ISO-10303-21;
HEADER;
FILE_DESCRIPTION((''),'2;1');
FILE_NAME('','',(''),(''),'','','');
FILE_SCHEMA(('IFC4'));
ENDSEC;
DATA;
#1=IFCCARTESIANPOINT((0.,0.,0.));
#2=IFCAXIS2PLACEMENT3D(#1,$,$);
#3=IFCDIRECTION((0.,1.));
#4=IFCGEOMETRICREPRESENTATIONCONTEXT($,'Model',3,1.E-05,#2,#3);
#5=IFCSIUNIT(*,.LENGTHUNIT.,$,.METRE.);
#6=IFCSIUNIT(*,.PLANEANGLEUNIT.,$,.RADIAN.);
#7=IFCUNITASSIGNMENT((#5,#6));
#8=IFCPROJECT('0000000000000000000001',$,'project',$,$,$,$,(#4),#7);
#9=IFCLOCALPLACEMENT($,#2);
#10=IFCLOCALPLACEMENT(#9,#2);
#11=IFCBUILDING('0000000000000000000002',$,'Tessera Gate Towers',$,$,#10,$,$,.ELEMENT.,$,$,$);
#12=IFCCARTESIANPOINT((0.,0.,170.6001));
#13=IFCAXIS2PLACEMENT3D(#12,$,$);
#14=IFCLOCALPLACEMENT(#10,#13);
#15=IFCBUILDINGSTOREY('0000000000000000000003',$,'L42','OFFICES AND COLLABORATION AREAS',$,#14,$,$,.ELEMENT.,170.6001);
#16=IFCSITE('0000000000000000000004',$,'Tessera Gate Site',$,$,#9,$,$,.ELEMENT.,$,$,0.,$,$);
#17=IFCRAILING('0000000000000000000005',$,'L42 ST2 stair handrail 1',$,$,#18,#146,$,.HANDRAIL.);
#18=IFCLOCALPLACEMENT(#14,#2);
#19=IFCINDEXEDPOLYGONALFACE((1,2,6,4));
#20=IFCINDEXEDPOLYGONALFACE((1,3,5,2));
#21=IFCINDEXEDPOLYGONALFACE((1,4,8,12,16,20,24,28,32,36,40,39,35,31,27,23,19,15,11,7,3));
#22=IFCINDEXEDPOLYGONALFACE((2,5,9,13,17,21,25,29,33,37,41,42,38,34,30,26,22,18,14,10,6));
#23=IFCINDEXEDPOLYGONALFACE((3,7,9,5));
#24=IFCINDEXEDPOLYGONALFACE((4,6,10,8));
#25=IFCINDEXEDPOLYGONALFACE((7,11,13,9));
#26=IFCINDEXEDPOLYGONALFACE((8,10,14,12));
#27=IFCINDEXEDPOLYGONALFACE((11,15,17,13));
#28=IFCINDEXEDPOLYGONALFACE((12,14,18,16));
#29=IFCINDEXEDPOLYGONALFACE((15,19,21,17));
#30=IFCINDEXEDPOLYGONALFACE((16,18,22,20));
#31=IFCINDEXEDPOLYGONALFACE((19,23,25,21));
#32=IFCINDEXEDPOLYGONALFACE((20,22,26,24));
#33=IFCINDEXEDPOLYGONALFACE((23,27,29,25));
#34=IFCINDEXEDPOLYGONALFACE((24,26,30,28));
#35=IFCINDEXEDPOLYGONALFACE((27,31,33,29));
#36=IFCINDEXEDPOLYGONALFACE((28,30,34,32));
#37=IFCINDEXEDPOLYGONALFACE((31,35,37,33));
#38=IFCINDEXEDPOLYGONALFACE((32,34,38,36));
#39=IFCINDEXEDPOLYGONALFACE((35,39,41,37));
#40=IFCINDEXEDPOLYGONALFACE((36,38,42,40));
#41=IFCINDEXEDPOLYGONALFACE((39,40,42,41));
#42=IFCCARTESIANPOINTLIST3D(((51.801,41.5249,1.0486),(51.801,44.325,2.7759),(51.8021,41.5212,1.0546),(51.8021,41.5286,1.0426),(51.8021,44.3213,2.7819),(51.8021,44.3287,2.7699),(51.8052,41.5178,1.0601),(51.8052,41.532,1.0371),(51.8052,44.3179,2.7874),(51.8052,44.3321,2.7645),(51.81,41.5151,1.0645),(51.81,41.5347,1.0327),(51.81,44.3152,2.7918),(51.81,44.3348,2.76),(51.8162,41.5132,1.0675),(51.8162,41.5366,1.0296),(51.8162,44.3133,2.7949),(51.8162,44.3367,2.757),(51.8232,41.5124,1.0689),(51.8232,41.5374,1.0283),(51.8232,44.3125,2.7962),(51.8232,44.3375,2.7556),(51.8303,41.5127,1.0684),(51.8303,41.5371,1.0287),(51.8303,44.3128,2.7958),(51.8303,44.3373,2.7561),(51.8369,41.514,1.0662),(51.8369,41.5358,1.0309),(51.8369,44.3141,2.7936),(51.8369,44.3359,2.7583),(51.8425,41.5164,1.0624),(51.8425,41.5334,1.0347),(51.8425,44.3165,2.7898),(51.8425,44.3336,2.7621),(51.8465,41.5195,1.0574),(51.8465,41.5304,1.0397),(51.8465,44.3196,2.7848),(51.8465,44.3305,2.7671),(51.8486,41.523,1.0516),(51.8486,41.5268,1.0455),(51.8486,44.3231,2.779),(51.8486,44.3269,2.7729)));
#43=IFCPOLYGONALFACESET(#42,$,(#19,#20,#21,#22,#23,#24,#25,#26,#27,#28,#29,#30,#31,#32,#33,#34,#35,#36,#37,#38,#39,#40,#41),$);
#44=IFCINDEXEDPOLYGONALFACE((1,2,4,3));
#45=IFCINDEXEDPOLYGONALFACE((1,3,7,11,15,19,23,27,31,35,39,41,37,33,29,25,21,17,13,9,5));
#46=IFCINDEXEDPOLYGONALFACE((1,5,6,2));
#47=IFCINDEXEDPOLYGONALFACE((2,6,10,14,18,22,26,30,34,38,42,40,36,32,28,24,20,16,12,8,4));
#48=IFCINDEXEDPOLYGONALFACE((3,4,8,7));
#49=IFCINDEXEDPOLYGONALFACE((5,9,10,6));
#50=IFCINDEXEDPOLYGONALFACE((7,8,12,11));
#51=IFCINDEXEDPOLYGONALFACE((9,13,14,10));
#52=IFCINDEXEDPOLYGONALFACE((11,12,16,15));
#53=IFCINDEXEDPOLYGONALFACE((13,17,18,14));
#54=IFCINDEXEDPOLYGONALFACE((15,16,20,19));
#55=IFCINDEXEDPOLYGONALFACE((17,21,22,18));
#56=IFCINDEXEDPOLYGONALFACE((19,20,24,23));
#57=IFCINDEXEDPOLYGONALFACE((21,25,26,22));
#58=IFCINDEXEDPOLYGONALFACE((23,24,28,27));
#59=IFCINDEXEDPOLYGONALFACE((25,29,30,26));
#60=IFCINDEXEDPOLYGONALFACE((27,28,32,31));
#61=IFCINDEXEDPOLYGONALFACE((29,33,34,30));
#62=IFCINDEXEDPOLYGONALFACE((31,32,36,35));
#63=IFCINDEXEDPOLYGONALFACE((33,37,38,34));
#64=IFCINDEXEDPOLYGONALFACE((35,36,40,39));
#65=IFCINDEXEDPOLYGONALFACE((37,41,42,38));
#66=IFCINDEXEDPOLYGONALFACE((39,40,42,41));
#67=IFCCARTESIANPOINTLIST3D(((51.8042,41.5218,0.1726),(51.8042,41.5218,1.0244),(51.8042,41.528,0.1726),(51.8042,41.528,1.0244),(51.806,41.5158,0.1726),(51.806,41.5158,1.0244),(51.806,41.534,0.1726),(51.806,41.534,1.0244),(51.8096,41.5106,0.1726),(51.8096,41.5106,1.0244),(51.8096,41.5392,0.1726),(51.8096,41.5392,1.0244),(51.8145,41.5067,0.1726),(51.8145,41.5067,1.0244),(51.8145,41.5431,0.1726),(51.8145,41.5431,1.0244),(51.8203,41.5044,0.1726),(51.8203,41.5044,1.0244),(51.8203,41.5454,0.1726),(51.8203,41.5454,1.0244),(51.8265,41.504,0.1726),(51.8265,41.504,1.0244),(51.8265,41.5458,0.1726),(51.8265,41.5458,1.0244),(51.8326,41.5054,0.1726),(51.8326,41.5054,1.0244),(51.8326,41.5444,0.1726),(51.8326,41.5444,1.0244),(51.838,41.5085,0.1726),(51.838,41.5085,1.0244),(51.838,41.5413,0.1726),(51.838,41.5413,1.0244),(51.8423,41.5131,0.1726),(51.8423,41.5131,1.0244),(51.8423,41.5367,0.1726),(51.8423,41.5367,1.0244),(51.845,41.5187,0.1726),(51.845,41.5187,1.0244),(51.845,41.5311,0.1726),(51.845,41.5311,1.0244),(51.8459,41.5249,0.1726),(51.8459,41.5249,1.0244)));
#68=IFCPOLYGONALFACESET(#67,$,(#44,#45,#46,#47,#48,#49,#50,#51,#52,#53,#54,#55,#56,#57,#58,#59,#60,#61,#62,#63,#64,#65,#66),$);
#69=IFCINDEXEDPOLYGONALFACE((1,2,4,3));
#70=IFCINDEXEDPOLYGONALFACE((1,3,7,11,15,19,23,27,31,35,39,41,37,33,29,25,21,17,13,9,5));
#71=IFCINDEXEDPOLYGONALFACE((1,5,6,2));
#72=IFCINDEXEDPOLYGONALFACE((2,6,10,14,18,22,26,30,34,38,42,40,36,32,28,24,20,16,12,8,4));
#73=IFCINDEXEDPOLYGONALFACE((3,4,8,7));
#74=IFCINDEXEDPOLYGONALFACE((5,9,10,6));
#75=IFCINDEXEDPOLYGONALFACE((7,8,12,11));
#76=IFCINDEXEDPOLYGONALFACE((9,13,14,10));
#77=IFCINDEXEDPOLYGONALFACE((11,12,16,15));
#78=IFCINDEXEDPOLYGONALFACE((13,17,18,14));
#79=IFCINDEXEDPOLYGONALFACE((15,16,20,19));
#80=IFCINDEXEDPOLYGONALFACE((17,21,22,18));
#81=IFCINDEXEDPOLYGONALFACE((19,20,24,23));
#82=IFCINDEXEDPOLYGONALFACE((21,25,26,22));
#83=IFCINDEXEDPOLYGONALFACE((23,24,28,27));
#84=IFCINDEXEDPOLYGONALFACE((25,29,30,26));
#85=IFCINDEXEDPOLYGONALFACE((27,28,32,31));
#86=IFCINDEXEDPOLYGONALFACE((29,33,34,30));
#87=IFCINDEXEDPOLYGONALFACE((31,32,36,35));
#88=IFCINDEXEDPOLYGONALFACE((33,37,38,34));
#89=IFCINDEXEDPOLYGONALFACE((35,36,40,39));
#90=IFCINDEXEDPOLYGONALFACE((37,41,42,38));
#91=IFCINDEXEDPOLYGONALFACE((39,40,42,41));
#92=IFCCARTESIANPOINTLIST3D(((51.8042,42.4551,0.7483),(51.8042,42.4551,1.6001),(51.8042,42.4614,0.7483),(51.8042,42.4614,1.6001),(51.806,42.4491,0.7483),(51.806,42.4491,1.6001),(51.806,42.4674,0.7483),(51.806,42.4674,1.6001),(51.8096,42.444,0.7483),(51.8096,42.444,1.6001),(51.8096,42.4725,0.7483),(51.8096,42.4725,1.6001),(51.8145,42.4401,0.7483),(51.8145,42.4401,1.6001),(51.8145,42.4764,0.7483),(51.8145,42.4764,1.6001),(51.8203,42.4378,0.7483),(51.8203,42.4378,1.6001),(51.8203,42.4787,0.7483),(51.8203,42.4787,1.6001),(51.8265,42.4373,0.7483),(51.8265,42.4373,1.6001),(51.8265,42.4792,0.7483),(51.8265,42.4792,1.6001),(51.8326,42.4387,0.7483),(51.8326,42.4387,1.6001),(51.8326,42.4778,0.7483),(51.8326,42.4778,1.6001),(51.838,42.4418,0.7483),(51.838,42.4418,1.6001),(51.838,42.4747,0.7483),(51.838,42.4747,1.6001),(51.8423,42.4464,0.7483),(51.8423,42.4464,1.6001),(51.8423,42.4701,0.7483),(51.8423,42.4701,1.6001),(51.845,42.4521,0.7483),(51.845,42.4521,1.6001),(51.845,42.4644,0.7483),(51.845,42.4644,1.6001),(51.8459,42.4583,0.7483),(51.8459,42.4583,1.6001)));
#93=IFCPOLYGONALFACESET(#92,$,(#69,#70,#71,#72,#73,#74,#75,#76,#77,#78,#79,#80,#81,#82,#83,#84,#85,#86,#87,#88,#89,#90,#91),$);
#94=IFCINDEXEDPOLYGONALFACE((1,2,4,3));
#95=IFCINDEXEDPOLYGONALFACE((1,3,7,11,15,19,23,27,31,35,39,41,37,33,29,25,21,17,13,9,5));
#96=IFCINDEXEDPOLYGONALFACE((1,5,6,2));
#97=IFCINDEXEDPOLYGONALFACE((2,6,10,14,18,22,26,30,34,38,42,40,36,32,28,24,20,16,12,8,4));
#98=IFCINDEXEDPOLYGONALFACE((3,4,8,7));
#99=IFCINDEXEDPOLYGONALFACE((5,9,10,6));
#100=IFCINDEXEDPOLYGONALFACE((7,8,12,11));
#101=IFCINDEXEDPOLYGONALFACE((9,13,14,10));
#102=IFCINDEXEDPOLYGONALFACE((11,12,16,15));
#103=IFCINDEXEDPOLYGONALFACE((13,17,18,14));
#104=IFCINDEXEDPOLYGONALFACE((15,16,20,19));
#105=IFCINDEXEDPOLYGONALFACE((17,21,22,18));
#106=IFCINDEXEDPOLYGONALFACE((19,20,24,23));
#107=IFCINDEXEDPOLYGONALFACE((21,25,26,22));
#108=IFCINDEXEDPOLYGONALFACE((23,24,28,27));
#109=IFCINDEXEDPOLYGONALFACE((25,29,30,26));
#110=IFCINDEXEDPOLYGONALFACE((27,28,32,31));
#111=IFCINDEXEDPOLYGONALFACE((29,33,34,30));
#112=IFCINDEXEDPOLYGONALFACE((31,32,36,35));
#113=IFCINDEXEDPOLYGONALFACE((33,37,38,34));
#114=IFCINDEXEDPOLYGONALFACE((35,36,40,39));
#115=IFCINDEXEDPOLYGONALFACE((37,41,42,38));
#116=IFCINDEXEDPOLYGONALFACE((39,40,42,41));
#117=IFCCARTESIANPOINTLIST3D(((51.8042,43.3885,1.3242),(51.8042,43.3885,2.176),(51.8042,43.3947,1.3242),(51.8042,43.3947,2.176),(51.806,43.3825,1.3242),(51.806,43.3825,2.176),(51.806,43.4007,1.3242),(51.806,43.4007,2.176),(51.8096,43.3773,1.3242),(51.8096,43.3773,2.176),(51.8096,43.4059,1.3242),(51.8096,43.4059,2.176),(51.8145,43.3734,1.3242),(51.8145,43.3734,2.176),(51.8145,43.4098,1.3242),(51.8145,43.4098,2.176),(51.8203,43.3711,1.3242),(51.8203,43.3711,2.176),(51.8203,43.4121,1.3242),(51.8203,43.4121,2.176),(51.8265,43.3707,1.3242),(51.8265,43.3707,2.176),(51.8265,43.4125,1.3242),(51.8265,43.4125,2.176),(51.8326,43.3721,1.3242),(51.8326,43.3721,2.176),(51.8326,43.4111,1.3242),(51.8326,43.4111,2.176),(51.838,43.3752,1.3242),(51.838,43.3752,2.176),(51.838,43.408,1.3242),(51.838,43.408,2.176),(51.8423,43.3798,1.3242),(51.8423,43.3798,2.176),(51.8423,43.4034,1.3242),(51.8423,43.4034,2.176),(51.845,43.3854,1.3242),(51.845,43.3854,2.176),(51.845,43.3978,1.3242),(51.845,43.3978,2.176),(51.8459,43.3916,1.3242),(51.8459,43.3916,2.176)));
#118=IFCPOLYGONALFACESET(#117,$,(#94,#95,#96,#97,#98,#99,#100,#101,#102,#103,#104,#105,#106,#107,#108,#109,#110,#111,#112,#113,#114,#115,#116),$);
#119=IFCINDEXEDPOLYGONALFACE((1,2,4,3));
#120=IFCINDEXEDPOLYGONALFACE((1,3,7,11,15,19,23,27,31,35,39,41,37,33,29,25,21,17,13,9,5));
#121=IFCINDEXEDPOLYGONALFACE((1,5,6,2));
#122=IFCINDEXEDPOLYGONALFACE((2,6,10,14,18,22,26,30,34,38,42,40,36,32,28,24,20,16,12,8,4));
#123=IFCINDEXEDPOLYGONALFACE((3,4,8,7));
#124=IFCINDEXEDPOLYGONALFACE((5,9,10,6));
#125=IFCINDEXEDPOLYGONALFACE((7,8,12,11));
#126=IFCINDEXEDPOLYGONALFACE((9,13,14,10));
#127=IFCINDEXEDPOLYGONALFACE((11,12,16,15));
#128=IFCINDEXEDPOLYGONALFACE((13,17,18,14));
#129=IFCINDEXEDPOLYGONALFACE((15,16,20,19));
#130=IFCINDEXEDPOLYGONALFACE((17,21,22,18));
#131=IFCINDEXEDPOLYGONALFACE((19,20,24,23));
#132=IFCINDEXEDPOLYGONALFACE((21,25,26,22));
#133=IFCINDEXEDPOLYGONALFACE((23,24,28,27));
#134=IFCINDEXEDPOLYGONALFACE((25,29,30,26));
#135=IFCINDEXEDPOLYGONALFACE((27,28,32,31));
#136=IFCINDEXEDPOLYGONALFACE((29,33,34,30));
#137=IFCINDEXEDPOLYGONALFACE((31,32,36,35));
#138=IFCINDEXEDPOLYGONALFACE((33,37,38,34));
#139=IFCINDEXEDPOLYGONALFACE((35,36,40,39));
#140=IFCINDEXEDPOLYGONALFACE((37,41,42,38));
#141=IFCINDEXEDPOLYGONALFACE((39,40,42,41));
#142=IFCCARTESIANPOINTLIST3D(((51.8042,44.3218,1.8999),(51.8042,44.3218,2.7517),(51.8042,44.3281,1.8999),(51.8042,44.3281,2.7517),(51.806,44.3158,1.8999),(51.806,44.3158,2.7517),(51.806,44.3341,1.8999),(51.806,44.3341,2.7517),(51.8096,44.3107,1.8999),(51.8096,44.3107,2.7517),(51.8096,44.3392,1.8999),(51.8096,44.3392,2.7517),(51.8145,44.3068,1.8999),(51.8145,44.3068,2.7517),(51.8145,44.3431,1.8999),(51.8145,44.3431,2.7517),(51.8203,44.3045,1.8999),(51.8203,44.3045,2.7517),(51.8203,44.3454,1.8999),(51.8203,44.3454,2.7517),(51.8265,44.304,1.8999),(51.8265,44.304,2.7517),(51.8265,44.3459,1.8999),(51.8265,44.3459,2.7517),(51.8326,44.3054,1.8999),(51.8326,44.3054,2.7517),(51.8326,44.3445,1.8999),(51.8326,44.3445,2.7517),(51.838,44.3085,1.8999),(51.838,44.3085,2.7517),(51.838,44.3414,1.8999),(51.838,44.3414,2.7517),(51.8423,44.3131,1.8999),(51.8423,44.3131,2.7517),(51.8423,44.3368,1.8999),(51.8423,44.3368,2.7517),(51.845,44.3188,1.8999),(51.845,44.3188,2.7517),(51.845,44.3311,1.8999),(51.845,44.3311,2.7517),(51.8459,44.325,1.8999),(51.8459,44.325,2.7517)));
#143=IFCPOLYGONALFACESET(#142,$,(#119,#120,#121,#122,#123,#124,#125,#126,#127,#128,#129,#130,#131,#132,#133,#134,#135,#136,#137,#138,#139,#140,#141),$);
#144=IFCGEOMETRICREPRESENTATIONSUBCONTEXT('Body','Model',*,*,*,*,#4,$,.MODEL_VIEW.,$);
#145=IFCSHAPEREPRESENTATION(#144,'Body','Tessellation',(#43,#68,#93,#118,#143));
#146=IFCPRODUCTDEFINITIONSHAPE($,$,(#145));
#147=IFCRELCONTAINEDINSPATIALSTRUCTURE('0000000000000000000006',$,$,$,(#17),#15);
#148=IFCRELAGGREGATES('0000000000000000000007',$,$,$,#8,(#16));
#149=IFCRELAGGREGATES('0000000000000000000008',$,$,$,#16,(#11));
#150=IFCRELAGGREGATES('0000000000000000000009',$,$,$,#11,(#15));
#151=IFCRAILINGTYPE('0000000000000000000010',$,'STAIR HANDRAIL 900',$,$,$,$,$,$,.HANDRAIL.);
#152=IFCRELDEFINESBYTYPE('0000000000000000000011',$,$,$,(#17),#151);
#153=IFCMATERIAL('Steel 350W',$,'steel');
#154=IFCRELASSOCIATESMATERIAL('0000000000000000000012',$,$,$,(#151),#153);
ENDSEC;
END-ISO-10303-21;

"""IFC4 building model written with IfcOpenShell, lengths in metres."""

from ifc_helpers import new_model, si_unit, direction, frame, origin, origin_2d, place, context, subcontext, project, spatial, circle, extrude, material, type_object, element, save


model = new_model("IFC4")

# Units and contexts
model_context = context("Model", 3, precision=1e-05, world=origin(), true_north=direction((0.0, 1.0)))
body_context = subcontext(model_context, "Body", "Model", "MODEL_VIEW")
ifc_project = project(units=[si_unit("LENGTHUNIT", "METRE"), si_unit("PLANEANGLEUNIT", "RADIAN")], contexts=[model_context])

# Site, building, storey
site_placement = place(None, origin())
site = spatial("IfcSite", under=ifc_project, at=site_placement, Name="Tessera Gate Site", CompositionType="ELEMENT", RefElevation=0.0)
building_placement = place(site_placement, origin())
building = spatial("IfcBuilding", under=site, at=building_placement, Name="Tessera Gate Towers", CompositionType="ELEMENT")
storey_placement = place(building_placement, frame((0.0, 0.0, 170.6001)))
storey = spatial("IfcBuildingStorey", under=building, at=storey_placement, Name="L42", Description="OFFICES AND COLLABORATION AREAS", CompositionType="ELEMENT", Elevation=170.6001)

# Railing
ifc_material_1 = material(Name="Steel 350W", Category="steel")
railing_type_1 = type_object("IfcRailingType", Name="STAIR HANDRAIL 900", PredefinedType="HANDRAIL", material=ifc_material_1)
railing_1_placement = place(storey_placement, frame((51.825, 41.5249, 0.1726)))
element("IfcRailing", 1, at=railing_1_placement, inside=storey, type_object=railing_type_1, Name="L42 ST2 stair handrail 1", PredefinedType="HANDRAIL", context=body_context, shape_type="SweptSolid", body=[
    extrude(circle(Radius=0.0239, at=origin_2d()), frame((0.0, 0.0, 0.876), z_axis=(0.0, 0.85109, 0.52502), x_axis=(-1.0, 0.0, 0.0)), (0.0, 0.0, 1.0), 3.29),
    extrude(circle(Radius=0.021, at=origin_2d()), origin(), (0.0, 0.0, 1.0), 0.8518),
    extrude(circle(Radius=0.021, at=origin_2d()), frame((0.0, 0.9333, 0.5757)), (0.0, 0.0, 1.0), 0.8518),
    extrude(circle(Radius=0.021, at=origin_2d()), frame((0.0, 1.8667, 1.1516)), (0.0, 0.0, 1.0), 0.8518),
    extrude(circle(Radius=0.021, at=origin_2d()), frame((0.0, 2.8, 1.7273)), (0.0, 0.0, 1.0), 0.8518),
])

save(model, "model.ifc")
